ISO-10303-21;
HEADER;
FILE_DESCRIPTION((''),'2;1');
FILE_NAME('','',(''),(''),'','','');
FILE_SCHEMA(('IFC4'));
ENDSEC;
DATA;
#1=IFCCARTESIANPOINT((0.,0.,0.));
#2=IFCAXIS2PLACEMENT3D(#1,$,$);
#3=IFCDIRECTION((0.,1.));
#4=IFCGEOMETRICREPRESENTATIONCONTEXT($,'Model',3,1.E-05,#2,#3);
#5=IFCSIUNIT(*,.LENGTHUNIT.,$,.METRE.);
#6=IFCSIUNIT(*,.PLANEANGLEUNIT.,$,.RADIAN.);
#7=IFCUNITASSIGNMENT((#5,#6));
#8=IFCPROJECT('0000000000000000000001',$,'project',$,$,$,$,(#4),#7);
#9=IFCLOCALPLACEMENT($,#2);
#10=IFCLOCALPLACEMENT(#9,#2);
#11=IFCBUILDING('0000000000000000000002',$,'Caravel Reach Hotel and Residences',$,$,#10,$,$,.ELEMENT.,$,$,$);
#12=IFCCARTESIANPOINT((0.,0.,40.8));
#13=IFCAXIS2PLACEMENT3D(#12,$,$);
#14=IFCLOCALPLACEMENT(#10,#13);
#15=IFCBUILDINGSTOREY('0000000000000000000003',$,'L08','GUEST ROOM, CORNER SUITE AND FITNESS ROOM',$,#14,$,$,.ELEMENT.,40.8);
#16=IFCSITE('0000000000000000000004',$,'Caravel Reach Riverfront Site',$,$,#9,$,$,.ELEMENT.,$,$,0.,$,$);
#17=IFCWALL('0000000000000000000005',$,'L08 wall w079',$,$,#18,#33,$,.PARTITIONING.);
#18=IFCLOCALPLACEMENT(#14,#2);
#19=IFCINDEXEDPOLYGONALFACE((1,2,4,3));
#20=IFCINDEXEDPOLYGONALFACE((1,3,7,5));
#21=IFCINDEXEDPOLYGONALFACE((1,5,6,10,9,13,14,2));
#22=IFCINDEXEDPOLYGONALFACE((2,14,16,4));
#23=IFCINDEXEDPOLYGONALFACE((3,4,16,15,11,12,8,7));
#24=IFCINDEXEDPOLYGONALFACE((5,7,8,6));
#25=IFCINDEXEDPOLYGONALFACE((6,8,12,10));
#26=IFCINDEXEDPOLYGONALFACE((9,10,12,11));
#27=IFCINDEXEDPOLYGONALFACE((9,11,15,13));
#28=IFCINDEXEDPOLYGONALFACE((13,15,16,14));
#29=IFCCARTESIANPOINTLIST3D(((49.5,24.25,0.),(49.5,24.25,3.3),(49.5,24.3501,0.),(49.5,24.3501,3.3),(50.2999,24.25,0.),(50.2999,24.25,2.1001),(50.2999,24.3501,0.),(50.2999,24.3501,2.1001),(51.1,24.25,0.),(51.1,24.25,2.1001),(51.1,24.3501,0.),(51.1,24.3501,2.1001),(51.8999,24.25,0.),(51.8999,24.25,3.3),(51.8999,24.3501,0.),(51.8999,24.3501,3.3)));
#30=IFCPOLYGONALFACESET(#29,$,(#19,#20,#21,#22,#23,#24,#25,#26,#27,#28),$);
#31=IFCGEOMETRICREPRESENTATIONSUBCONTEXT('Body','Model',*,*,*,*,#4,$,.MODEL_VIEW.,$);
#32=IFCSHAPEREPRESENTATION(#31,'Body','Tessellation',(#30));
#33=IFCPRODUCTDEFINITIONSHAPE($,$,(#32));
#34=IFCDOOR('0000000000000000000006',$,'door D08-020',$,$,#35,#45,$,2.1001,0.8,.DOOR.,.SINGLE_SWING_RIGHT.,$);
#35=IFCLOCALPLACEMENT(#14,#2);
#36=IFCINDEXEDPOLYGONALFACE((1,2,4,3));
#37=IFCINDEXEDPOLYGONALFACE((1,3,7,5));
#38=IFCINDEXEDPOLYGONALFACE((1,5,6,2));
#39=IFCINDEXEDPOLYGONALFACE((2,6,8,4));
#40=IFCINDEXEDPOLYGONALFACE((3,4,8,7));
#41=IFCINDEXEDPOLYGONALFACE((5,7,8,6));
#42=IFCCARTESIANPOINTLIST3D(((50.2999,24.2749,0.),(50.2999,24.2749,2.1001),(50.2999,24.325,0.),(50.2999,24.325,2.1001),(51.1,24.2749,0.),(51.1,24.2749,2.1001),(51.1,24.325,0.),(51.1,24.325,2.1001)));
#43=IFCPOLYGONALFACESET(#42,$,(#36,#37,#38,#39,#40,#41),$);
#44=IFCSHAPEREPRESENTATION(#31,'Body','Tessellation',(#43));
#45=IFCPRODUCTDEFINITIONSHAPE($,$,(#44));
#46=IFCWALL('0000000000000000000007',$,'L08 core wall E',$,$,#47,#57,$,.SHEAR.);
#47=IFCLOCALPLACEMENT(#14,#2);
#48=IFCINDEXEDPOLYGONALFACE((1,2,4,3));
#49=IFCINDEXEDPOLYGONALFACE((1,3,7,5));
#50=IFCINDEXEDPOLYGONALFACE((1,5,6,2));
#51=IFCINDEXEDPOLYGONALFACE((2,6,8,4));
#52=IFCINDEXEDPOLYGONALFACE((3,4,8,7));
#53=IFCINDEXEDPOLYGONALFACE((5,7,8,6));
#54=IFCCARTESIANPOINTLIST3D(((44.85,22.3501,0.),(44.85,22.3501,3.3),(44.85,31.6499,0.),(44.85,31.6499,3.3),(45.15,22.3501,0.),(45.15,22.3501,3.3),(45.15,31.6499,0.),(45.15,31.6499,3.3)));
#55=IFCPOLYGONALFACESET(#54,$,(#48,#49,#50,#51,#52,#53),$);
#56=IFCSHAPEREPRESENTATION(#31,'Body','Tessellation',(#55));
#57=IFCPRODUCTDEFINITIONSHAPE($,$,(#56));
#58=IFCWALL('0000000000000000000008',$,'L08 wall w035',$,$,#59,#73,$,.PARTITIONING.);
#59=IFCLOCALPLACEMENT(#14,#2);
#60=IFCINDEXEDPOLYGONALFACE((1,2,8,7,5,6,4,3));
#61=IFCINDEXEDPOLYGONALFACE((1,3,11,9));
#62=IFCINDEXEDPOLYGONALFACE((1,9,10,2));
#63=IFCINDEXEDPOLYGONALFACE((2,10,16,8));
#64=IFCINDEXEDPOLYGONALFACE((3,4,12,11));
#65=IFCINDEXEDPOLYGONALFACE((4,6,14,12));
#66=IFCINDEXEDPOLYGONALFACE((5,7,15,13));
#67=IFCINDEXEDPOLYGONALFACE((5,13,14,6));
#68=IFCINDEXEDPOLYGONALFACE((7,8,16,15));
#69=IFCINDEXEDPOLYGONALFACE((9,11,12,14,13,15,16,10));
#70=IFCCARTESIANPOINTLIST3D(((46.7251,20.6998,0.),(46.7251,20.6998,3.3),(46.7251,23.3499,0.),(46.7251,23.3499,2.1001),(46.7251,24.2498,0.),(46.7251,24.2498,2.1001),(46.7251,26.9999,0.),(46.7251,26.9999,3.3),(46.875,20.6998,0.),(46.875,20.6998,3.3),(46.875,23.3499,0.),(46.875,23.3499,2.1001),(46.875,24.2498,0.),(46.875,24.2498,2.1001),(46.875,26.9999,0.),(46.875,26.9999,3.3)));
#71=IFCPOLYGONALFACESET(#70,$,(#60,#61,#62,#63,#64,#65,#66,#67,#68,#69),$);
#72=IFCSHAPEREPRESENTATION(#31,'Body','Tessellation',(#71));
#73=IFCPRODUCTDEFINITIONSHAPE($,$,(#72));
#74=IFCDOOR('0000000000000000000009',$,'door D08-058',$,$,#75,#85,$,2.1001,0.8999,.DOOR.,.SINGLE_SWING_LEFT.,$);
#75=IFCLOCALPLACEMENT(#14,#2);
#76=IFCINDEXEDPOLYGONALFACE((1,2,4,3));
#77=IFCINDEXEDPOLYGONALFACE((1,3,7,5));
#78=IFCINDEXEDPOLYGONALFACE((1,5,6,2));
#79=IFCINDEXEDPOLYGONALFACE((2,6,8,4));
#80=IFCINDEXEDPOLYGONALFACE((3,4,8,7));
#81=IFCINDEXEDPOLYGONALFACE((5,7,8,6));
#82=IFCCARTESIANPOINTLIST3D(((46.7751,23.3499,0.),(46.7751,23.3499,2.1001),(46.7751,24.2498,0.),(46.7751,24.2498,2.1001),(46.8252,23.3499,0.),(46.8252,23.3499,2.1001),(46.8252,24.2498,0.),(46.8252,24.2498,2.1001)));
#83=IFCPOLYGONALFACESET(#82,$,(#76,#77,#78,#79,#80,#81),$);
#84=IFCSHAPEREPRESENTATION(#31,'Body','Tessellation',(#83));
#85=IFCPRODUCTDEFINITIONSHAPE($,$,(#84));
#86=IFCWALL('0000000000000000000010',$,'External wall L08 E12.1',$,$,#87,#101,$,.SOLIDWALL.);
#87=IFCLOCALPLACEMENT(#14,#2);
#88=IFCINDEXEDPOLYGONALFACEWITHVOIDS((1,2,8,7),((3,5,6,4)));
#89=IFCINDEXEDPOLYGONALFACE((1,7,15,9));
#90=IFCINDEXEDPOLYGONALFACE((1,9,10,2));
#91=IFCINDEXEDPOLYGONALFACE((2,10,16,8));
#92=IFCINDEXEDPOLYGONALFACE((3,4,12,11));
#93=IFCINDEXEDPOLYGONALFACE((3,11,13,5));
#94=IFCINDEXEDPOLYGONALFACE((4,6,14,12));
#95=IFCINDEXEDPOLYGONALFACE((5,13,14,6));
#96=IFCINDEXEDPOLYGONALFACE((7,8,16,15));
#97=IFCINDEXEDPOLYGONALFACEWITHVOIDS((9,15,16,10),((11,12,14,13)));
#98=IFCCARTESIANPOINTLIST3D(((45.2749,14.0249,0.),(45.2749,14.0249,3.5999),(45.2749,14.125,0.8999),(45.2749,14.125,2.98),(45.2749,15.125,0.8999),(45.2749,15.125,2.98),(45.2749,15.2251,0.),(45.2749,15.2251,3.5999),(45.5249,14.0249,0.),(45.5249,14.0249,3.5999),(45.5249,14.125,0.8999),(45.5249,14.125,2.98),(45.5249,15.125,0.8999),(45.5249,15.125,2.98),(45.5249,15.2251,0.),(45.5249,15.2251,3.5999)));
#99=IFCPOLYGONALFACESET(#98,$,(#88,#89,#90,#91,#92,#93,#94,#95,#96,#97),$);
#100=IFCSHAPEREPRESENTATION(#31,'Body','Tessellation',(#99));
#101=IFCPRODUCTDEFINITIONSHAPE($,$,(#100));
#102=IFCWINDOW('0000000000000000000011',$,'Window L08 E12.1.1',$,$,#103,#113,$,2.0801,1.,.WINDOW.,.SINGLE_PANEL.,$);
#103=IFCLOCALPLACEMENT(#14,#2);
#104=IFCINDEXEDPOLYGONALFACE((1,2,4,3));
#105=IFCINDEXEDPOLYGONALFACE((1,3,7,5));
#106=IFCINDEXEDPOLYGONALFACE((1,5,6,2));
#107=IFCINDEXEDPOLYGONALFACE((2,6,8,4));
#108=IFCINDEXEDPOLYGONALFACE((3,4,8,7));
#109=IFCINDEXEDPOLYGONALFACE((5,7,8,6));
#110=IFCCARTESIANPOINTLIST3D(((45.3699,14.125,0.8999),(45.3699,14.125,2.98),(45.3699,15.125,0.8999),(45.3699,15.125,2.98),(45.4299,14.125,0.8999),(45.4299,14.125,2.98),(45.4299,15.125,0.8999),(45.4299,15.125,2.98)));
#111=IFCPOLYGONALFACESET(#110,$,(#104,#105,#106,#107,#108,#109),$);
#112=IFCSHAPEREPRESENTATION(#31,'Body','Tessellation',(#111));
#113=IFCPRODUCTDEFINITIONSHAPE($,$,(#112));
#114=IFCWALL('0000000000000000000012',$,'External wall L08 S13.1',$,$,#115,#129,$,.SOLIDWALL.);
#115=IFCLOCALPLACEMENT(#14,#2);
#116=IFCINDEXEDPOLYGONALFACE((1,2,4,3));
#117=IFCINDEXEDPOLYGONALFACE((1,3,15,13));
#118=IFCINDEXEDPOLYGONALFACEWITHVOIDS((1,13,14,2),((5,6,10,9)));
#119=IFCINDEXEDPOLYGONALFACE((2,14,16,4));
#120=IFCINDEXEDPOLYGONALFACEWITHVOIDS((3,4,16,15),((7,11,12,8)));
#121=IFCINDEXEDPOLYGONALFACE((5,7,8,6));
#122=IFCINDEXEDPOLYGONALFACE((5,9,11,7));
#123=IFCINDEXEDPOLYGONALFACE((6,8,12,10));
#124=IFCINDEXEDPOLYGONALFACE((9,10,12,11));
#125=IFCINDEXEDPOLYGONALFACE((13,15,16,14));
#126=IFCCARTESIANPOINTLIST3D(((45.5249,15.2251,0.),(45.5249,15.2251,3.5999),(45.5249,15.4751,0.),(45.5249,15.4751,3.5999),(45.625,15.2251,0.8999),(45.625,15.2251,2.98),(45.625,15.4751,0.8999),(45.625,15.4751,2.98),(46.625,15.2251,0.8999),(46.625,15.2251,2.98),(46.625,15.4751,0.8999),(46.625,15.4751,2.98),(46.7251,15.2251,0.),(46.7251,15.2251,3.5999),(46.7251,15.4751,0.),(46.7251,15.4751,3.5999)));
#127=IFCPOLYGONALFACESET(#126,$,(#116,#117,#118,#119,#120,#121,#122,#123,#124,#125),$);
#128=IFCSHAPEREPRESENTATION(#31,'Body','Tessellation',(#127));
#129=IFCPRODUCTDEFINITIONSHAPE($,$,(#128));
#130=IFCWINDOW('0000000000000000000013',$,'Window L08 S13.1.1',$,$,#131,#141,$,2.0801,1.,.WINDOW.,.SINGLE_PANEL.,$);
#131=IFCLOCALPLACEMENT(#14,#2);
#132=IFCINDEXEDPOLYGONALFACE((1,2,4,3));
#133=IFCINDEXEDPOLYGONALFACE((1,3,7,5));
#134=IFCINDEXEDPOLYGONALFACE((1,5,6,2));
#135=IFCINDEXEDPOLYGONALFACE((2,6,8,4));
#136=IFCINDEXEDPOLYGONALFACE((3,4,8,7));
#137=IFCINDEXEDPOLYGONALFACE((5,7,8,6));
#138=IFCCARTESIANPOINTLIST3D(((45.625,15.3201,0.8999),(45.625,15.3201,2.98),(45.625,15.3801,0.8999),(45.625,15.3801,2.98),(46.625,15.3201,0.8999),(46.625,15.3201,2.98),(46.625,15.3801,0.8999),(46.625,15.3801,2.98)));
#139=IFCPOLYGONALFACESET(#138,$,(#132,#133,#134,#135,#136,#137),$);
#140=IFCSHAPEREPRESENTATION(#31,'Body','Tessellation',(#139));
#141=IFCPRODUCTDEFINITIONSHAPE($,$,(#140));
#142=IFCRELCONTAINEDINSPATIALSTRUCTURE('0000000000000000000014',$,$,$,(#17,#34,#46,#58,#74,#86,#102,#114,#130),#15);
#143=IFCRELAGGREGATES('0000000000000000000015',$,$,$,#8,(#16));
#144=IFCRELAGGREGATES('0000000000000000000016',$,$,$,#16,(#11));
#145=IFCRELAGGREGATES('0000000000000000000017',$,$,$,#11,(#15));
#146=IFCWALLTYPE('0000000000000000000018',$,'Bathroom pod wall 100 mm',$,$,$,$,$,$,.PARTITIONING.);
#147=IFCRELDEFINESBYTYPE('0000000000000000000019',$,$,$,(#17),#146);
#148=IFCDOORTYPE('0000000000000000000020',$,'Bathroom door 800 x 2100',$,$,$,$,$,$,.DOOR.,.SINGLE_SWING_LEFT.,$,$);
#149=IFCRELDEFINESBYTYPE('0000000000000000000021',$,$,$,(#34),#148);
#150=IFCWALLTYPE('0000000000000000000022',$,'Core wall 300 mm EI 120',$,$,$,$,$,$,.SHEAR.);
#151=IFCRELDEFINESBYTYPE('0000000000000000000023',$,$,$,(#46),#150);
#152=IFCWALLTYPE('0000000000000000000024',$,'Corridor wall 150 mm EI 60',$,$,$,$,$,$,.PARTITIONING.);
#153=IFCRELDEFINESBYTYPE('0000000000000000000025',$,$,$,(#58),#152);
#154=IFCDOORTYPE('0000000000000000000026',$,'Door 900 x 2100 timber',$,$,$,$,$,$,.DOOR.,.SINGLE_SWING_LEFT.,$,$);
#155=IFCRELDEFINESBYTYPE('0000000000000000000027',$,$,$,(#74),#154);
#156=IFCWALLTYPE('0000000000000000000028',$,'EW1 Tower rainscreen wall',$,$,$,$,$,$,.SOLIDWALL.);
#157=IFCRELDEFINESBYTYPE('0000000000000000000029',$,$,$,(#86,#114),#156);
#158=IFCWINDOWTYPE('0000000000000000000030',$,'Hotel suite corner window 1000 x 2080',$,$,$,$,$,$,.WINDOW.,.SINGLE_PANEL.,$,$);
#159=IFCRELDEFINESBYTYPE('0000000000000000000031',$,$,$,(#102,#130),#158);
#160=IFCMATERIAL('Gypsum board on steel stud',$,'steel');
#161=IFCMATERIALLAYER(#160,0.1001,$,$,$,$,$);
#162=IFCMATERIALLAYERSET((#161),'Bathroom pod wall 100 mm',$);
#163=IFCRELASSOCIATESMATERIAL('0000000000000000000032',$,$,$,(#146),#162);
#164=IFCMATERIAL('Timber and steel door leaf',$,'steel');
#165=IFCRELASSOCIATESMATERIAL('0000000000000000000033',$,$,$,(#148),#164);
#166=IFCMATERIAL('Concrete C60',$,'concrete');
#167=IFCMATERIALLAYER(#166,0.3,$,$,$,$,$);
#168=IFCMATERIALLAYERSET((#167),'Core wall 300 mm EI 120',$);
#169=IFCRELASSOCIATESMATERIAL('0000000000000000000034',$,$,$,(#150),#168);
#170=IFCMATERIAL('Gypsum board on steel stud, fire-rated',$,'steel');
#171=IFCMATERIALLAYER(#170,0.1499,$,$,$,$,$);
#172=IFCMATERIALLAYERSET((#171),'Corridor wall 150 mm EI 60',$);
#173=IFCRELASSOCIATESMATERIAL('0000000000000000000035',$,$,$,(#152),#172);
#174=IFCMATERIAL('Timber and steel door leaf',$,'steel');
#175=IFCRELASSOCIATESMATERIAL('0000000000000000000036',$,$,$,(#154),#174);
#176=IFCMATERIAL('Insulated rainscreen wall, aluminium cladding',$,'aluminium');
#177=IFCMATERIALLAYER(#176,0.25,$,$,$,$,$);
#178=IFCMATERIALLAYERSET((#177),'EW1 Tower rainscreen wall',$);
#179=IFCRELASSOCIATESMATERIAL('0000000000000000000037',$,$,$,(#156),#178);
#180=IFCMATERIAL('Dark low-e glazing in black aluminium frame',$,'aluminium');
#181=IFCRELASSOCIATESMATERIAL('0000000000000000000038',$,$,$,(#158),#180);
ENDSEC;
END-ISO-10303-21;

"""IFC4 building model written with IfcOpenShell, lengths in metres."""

from ifc_helpers import new_model, si_unit, direction, frame, frame_2d, origin, place, context, subcontext, project, spatial, rectangle, extrude, material, layer, layer_set, type_object, element, fill, save


model = new_model("IFC4")

# Units and contexts
model_context = context("Model", 3, precision=1e-05, world=origin(), true_north=direction((0.0, 1.0)))
body_context = subcontext(model_context, "Body", "Model", "MODEL_VIEW")
ifc_project = project(units=[si_unit("LENGTHUNIT", "METRE"), si_unit("PLANEANGLEUNIT", "RADIAN")], contexts=[model_context])

# Site, building, storey
site_placement = place(None, origin())
site = spatial("IfcSite", under=ifc_project, at=site_placement, Name="Caravel Reach Riverfront Site", CompositionType="ELEMENT", RefElevation=0.0)
building_placement = place(site_placement, origin())
building = spatial("IfcBuilding", under=site, at=building_placement, Name="Caravel Reach Hotel and Residences", CompositionType="ELEMENT")
storey_placement = place(building_placement, frame((0.0, 0.0, 40.8)))
storey = spatial("IfcBuildingStorey", under=building, at=storey_placement, Name="L08", Description="GUEST ROOM, CORNER SUITE AND FITNESS ROOM", CompositionType="ELEMENT", Elevation=40.8)

# Wall, opening, door
ifc_material_1 = material(Name="Gypsum board on steel stud", Category="steel")
ifc_layer_1 = layer(ifc_material_1, 0.1001)
ifc_layer_set_1 = layer_set([ifc_layer_1], Name="Bathroom pod wall 100 mm")
wall_type_1 = type_object("IfcWallType", Name="Bathroom pod wall 100 mm", PredefinedType="PARTITIONING", material=ifc_layer_set_1)
wall_1_placement = place(storey_placement, frame((49.5, 24.3, 0.0), z_axis=(0.0, 0.0, 1.0), x_axis=(1.0, 0.0, 0.0)))
wall_1 = element("IfcWall", 1, at=wall_1_placement, inside=storey, type_object=wall_type_1, Name="L08 wall w079", PredefinedType="PARTITIONING", context=body_context, shape_type="SweptSolid", body=[
    extrude(rectangle(XDim=2.3999, YDim=0.1001, at=frame_2d((1.2, 0.0))), origin(), (0.0, 0.0, 1.0), 3.3),
])
opening_1_placement = place(wall_1_placement, frame((0.8, 0.0, 0.0)))
opening_1 = element("IfcOpeningElement", 2, at=opening_1_placement, cuts=wall_1, PredefinedType="OPENING", context=body_context, shape_type="SweptSolid", body=[
    extrude(rectangle(XDim=0.8, YDim=2.1001, at=frame_2d((0.3999, 1.05))), frame((0.0, 0.0601, 0.0), z_axis=(0.0, -1.0, 0.0), x_axis=(1.0, 0.0, 0.0)), (0.0, 0.0, 1.0), 0.1201),
])
ifc_material_2 = material(Name="Timber and steel door leaf", Category="steel")
door_type_1 = type_object("IfcDoorType", Name="Bathroom door 800 x 2100", OperationType="SINGLE_SWING_LEFT", PredefinedType="DOOR", material=ifc_material_2)
door_1_placement = place(opening_1_placement, origin())
door_1 = element("IfcDoor", 3, at=door_1_placement, inside=storey, type_object=door_type_1, Name="door D08-020", OperationType="SINGLE_SWING_RIGHT", OverallHeight=2.1001, OverallWidth=0.8, PredefinedType="DOOR", context=body_context, shape_type="SweptSolid", body=[
    extrude(rectangle(XDim=0.8, YDim=2.1001, at=frame_2d((0.3999, 1.05))), frame((0.0, 0.0249, 0.0), z_axis=(0.0, -1.0, 0.0), x_axis=(1.0, 0.0, 0.0)), (0.0, 0.0, 1.0), 0.05),
])
fill(opening_1, door_1)

# Wall
ifc_material_3 = material(Name="Concrete C60", Category="concrete")
ifc_layer_2 = layer(ifc_material_3, 0.3)
ifc_layer_set_2 = layer_set([ifc_layer_2], Name="Core wall 300 mm EI 120")
wall_type_2 = type_object("IfcWallType", Name="Core wall 300 mm EI 120", PredefinedType="SHEAR", material=ifc_layer_set_2)
wall_2_placement = place(storey_placement, frame((45.0, 22.3501, 0.0), z_axis=(0.0, 0.0, 1.0), x_axis=(0.0, 1.0, 0.0)))
element("IfcWall", 4, at=wall_2_placement, inside=storey, type_object=wall_type_2, Name="L08 core wall E", PredefinedType="SHEAR", context=body_context, shape_type="SweptSolid", body=[
    extrude(rectangle(XDim=9.2998, YDim=0.3, at=frame_2d((4.6499, 0.0))), origin(), (0.0, 0.0, 1.0), 3.3),
])

# Wall, opening, door
ifc_material_4 = material(Name="Gypsum board on steel stud, fire-rated", Category="steel")
ifc_layer_3 = layer(ifc_material_4, 0.1499)
ifc_layer_set_3 = layer_set([ifc_layer_3], Name="Corridor wall 150 mm EI 60")
wall_type_3 = type_object("IfcWallType", Name="Corridor wall 150 mm EI 60", PredefinedType="PARTITIONING", material=ifc_layer_set_3)
wall_3_placement = place(storey_placement, frame((46.8, 20.7, 0.0), z_axis=(0.0, 0.0, 1.0), x_axis=(0.0, 1.0, 0.0)))
wall_3 = element("IfcWall", 5, at=wall_3_placement, inside=storey, type_object=wall_type_3, Name="L08 wall w035", PredefinedType="PARTITIONING", context=body_context, shape_type="SweptSolid", body=[
    extrude(rectangle(XDim=6.3, YDim=0.1499, at=frame_2d((3.1499, 0.0))), origin(), (0.0, 0.0, 1.0), 3.3),
])
opening_2_placement = place(wall_3_placement, frame((2.6499, 0.0, 0.0)))
opening_2 = element("IfcOpeningElement", 6, at=opening_2_placement, cuts=wall_3, PredefinedType="OPENING", context=body_context, shape_type="SweptSolid", body=[
    extrude(rectangle(XDim=0.8999, YDim=2.1001, at=frame_2d((0.45, 1.05))), frame((0.0, 0.085, 0.0), z_axis=(0.0, -1.0, 0.0), x_axis=(1.0, 0.0, 0.0)), (0.0, 0.0, 1.0), 0.1699),
])
ifc_material_5 = material(Name="Timber and steel door leaf", Category="steel")
door_type_2 = type_object("IfcDoorType", Name="Door 900 x 2100 timber", OperationType="SINGLE_SWING_LEFT", PredefinedType="DOOR", material=ifc_material_5)
door_2_placement = place(opening_2_placement, origin())
door_2 = element("IfcDoor", 7, at=door_2_placement, inside=storey, type_object=door_type_2, Name="door D08-058", OperationType="SINGLE_SWING_LEFT", OverallHeight=2.1001, OverallWidth=0.8999, PredefinedType="DOOR", context=body_context, shape_type="SweptSolid", body=[
    extrude(rectangle(XDim=0.8999, YDim=2.1001, at=frame_2d((0.45, 1.05))), frame((0.0, 0.0249, 0.0), z_axis=(0.0, -1.0, 0.0), x_axis=(1.0, 0.0, 0.0)), (0.0, 0.0, 1.0), 0.05),
])
fill(opening_2, door_2)

# Walls, openings, windows
ifc_material_6 = material(Name="Insulated rainscreen wall, aluminium cladding", Category="aluminium")
ifc_layer_4 = layer(ifc_material_6, 0.25)
ifc_layer_set_4 = layer_set([ifc_layer_4], Name="EW1 Tower rainscreen wall")
wall_type_4 = type_object("IfcWallType", Name="EW1 Tower rainscreen wall", PredefinedType="SOLIDWALL", material=ifc_layer_set_4)
wall_4_placement = place(storey_placement, frame((45.3999, 14.0249, 0.0), z_axis=(0.0, 0.0, 1.0), x_axis=(0.0, 1.0, 0.0)))
wall_4 = element("IfcWall", 8, at=wall_4_placement, inside=storey, type_object=wall_type_4, Name="External wall L08 E12.1", PredefinedType="SOLIDWALL", context=body_context, shape_type="SweptSolid", body=[
    extrude(rectangle(XDim=1.2002, YDim=0.25, at=frame_2d((0.6001, 0.0))), origin(), (0.0, 0.0, 1.0), 3.5999),
])
opening_3_placement = place(wall_4_placement, frame((0.1001, 0.0, 0.8999)))
opening_3 = element("IfcOpeningElement", 9, at=opening_3_placement, cuts=wall_4, PredefinedType="OPENING", context=body_context, shape_type="SweptSolid", body=[
    extrude(rectangle(XDim=1.0, YDim=2.0801, at=frame_2d((0.5, 1.04))), frame((0.0, 0.135, 0.0), z_axis=(0.0, -1.0, 0.0), x_axis=(1.0, 0.0, 0.0)), (0.0, 0.0, 1.0), 0.27),
])
ifc_material_7 = material(Name="Dark low-e glazing in black aluminium frame", Category="aluminium")
window_type_1 = type_object("IfcWindowType", Name="Hotel suite corner window 1000 x 2080", PartitioningType="SINGLE_PANEL", PredefinedType="WINDOW", material=ifc_material_7)
window_1_placement = place(opening_3_placement, origin())
window_1 = element("IfcWindow", 10, at=window_1_placement, inside=storey, type_object=window_type_1, Name="Window L08 E12.1.1", OverallHeight=2.0801, OverallWidth=1.0, PartitioningType="SINGLE_PANEL", PredefinedType="WINDOW", context=body_context, shape_type="SweptSolid", body=[
    extrude(rectangle(XDim=1.0, YDim=2.0801, at=frame_2d((0.5, 1.04))), frame((0.0, 0.03, 0.0), z_axis=(0.0, -1.0, 0.0), x_axis=(1.0, 0.0, 0.0)), (0.0, 0.0, 1.0), 0.0601),
])
fill(opening_3, window_1)
wall_5_placement = place(storey_placement, frame((45.5249, 15.3501, 0.0), z_axis=(0.0, 0.0, 1.0), x_axis=(1.0, 0.0, 0.0)))
wall_5 = element("IfcWall", 11, at=wall_5_placement, inside=storey, type_object=wall_type_4, Name="External wall L08 S13.1", PredefinedType="SOLIDWALL", context=body_context, shape_type="SweptSolid", body=[
    extrude(rectangle(XDim=1.2002, YDim=0.25, at=frame_2d((0.6001, 0.0))), origin(), (0.0, 0.0, 1.0), 3.5999),
])
opening_4_placement = place(wall_5_placement, frame((0.1001, 0.0, 0.8999)))
opening_4 = element("IfcOpeningElement", 12, at=opening_4_placement, cuts=wall_5, PredefinedType="OPENING", context=body_context, shape_type="SweptSolid", body=[
    extrude(rectangle(XDim=1.0, YDim=2.0801, at=frame_2d((0.5, 1.04))), frame((0.0, 0.135, 0.0), z_axis=(0.0, -1.0, 0.0), x_axis=(1.0, 0.0, 0.0)), (0.0, 0.0, 1.0), 0.27),
])
window_2_placement = place(opening_4_placement, origin())
window_2 = element("IfcWindow", 13, at=window_2_placement, inside=storey, type_object=window_type_1, Name="Window L08 S13.1.1", OverallHeight=2.0801, OverallWidth=1.0, PartitioningType="SINGLE_PANEL", PredefinedType="WINDOW", context=body_context, shape_type="SweptSolid", body=[
    extrude(rectangle(XDim=1.0, YDim=2.0801, at=frame_2d((0.5, 1.04))), frame((0.0, 0.03, 0.0), z_axis=(0.0, -1.0, 0.0), x_axis=(1.0, 0.0, 0.0)), (0.0, 0.0, 1.0), 0.0601),
])
fill(opening_4, window_2)

save(model, "model.ifc")
